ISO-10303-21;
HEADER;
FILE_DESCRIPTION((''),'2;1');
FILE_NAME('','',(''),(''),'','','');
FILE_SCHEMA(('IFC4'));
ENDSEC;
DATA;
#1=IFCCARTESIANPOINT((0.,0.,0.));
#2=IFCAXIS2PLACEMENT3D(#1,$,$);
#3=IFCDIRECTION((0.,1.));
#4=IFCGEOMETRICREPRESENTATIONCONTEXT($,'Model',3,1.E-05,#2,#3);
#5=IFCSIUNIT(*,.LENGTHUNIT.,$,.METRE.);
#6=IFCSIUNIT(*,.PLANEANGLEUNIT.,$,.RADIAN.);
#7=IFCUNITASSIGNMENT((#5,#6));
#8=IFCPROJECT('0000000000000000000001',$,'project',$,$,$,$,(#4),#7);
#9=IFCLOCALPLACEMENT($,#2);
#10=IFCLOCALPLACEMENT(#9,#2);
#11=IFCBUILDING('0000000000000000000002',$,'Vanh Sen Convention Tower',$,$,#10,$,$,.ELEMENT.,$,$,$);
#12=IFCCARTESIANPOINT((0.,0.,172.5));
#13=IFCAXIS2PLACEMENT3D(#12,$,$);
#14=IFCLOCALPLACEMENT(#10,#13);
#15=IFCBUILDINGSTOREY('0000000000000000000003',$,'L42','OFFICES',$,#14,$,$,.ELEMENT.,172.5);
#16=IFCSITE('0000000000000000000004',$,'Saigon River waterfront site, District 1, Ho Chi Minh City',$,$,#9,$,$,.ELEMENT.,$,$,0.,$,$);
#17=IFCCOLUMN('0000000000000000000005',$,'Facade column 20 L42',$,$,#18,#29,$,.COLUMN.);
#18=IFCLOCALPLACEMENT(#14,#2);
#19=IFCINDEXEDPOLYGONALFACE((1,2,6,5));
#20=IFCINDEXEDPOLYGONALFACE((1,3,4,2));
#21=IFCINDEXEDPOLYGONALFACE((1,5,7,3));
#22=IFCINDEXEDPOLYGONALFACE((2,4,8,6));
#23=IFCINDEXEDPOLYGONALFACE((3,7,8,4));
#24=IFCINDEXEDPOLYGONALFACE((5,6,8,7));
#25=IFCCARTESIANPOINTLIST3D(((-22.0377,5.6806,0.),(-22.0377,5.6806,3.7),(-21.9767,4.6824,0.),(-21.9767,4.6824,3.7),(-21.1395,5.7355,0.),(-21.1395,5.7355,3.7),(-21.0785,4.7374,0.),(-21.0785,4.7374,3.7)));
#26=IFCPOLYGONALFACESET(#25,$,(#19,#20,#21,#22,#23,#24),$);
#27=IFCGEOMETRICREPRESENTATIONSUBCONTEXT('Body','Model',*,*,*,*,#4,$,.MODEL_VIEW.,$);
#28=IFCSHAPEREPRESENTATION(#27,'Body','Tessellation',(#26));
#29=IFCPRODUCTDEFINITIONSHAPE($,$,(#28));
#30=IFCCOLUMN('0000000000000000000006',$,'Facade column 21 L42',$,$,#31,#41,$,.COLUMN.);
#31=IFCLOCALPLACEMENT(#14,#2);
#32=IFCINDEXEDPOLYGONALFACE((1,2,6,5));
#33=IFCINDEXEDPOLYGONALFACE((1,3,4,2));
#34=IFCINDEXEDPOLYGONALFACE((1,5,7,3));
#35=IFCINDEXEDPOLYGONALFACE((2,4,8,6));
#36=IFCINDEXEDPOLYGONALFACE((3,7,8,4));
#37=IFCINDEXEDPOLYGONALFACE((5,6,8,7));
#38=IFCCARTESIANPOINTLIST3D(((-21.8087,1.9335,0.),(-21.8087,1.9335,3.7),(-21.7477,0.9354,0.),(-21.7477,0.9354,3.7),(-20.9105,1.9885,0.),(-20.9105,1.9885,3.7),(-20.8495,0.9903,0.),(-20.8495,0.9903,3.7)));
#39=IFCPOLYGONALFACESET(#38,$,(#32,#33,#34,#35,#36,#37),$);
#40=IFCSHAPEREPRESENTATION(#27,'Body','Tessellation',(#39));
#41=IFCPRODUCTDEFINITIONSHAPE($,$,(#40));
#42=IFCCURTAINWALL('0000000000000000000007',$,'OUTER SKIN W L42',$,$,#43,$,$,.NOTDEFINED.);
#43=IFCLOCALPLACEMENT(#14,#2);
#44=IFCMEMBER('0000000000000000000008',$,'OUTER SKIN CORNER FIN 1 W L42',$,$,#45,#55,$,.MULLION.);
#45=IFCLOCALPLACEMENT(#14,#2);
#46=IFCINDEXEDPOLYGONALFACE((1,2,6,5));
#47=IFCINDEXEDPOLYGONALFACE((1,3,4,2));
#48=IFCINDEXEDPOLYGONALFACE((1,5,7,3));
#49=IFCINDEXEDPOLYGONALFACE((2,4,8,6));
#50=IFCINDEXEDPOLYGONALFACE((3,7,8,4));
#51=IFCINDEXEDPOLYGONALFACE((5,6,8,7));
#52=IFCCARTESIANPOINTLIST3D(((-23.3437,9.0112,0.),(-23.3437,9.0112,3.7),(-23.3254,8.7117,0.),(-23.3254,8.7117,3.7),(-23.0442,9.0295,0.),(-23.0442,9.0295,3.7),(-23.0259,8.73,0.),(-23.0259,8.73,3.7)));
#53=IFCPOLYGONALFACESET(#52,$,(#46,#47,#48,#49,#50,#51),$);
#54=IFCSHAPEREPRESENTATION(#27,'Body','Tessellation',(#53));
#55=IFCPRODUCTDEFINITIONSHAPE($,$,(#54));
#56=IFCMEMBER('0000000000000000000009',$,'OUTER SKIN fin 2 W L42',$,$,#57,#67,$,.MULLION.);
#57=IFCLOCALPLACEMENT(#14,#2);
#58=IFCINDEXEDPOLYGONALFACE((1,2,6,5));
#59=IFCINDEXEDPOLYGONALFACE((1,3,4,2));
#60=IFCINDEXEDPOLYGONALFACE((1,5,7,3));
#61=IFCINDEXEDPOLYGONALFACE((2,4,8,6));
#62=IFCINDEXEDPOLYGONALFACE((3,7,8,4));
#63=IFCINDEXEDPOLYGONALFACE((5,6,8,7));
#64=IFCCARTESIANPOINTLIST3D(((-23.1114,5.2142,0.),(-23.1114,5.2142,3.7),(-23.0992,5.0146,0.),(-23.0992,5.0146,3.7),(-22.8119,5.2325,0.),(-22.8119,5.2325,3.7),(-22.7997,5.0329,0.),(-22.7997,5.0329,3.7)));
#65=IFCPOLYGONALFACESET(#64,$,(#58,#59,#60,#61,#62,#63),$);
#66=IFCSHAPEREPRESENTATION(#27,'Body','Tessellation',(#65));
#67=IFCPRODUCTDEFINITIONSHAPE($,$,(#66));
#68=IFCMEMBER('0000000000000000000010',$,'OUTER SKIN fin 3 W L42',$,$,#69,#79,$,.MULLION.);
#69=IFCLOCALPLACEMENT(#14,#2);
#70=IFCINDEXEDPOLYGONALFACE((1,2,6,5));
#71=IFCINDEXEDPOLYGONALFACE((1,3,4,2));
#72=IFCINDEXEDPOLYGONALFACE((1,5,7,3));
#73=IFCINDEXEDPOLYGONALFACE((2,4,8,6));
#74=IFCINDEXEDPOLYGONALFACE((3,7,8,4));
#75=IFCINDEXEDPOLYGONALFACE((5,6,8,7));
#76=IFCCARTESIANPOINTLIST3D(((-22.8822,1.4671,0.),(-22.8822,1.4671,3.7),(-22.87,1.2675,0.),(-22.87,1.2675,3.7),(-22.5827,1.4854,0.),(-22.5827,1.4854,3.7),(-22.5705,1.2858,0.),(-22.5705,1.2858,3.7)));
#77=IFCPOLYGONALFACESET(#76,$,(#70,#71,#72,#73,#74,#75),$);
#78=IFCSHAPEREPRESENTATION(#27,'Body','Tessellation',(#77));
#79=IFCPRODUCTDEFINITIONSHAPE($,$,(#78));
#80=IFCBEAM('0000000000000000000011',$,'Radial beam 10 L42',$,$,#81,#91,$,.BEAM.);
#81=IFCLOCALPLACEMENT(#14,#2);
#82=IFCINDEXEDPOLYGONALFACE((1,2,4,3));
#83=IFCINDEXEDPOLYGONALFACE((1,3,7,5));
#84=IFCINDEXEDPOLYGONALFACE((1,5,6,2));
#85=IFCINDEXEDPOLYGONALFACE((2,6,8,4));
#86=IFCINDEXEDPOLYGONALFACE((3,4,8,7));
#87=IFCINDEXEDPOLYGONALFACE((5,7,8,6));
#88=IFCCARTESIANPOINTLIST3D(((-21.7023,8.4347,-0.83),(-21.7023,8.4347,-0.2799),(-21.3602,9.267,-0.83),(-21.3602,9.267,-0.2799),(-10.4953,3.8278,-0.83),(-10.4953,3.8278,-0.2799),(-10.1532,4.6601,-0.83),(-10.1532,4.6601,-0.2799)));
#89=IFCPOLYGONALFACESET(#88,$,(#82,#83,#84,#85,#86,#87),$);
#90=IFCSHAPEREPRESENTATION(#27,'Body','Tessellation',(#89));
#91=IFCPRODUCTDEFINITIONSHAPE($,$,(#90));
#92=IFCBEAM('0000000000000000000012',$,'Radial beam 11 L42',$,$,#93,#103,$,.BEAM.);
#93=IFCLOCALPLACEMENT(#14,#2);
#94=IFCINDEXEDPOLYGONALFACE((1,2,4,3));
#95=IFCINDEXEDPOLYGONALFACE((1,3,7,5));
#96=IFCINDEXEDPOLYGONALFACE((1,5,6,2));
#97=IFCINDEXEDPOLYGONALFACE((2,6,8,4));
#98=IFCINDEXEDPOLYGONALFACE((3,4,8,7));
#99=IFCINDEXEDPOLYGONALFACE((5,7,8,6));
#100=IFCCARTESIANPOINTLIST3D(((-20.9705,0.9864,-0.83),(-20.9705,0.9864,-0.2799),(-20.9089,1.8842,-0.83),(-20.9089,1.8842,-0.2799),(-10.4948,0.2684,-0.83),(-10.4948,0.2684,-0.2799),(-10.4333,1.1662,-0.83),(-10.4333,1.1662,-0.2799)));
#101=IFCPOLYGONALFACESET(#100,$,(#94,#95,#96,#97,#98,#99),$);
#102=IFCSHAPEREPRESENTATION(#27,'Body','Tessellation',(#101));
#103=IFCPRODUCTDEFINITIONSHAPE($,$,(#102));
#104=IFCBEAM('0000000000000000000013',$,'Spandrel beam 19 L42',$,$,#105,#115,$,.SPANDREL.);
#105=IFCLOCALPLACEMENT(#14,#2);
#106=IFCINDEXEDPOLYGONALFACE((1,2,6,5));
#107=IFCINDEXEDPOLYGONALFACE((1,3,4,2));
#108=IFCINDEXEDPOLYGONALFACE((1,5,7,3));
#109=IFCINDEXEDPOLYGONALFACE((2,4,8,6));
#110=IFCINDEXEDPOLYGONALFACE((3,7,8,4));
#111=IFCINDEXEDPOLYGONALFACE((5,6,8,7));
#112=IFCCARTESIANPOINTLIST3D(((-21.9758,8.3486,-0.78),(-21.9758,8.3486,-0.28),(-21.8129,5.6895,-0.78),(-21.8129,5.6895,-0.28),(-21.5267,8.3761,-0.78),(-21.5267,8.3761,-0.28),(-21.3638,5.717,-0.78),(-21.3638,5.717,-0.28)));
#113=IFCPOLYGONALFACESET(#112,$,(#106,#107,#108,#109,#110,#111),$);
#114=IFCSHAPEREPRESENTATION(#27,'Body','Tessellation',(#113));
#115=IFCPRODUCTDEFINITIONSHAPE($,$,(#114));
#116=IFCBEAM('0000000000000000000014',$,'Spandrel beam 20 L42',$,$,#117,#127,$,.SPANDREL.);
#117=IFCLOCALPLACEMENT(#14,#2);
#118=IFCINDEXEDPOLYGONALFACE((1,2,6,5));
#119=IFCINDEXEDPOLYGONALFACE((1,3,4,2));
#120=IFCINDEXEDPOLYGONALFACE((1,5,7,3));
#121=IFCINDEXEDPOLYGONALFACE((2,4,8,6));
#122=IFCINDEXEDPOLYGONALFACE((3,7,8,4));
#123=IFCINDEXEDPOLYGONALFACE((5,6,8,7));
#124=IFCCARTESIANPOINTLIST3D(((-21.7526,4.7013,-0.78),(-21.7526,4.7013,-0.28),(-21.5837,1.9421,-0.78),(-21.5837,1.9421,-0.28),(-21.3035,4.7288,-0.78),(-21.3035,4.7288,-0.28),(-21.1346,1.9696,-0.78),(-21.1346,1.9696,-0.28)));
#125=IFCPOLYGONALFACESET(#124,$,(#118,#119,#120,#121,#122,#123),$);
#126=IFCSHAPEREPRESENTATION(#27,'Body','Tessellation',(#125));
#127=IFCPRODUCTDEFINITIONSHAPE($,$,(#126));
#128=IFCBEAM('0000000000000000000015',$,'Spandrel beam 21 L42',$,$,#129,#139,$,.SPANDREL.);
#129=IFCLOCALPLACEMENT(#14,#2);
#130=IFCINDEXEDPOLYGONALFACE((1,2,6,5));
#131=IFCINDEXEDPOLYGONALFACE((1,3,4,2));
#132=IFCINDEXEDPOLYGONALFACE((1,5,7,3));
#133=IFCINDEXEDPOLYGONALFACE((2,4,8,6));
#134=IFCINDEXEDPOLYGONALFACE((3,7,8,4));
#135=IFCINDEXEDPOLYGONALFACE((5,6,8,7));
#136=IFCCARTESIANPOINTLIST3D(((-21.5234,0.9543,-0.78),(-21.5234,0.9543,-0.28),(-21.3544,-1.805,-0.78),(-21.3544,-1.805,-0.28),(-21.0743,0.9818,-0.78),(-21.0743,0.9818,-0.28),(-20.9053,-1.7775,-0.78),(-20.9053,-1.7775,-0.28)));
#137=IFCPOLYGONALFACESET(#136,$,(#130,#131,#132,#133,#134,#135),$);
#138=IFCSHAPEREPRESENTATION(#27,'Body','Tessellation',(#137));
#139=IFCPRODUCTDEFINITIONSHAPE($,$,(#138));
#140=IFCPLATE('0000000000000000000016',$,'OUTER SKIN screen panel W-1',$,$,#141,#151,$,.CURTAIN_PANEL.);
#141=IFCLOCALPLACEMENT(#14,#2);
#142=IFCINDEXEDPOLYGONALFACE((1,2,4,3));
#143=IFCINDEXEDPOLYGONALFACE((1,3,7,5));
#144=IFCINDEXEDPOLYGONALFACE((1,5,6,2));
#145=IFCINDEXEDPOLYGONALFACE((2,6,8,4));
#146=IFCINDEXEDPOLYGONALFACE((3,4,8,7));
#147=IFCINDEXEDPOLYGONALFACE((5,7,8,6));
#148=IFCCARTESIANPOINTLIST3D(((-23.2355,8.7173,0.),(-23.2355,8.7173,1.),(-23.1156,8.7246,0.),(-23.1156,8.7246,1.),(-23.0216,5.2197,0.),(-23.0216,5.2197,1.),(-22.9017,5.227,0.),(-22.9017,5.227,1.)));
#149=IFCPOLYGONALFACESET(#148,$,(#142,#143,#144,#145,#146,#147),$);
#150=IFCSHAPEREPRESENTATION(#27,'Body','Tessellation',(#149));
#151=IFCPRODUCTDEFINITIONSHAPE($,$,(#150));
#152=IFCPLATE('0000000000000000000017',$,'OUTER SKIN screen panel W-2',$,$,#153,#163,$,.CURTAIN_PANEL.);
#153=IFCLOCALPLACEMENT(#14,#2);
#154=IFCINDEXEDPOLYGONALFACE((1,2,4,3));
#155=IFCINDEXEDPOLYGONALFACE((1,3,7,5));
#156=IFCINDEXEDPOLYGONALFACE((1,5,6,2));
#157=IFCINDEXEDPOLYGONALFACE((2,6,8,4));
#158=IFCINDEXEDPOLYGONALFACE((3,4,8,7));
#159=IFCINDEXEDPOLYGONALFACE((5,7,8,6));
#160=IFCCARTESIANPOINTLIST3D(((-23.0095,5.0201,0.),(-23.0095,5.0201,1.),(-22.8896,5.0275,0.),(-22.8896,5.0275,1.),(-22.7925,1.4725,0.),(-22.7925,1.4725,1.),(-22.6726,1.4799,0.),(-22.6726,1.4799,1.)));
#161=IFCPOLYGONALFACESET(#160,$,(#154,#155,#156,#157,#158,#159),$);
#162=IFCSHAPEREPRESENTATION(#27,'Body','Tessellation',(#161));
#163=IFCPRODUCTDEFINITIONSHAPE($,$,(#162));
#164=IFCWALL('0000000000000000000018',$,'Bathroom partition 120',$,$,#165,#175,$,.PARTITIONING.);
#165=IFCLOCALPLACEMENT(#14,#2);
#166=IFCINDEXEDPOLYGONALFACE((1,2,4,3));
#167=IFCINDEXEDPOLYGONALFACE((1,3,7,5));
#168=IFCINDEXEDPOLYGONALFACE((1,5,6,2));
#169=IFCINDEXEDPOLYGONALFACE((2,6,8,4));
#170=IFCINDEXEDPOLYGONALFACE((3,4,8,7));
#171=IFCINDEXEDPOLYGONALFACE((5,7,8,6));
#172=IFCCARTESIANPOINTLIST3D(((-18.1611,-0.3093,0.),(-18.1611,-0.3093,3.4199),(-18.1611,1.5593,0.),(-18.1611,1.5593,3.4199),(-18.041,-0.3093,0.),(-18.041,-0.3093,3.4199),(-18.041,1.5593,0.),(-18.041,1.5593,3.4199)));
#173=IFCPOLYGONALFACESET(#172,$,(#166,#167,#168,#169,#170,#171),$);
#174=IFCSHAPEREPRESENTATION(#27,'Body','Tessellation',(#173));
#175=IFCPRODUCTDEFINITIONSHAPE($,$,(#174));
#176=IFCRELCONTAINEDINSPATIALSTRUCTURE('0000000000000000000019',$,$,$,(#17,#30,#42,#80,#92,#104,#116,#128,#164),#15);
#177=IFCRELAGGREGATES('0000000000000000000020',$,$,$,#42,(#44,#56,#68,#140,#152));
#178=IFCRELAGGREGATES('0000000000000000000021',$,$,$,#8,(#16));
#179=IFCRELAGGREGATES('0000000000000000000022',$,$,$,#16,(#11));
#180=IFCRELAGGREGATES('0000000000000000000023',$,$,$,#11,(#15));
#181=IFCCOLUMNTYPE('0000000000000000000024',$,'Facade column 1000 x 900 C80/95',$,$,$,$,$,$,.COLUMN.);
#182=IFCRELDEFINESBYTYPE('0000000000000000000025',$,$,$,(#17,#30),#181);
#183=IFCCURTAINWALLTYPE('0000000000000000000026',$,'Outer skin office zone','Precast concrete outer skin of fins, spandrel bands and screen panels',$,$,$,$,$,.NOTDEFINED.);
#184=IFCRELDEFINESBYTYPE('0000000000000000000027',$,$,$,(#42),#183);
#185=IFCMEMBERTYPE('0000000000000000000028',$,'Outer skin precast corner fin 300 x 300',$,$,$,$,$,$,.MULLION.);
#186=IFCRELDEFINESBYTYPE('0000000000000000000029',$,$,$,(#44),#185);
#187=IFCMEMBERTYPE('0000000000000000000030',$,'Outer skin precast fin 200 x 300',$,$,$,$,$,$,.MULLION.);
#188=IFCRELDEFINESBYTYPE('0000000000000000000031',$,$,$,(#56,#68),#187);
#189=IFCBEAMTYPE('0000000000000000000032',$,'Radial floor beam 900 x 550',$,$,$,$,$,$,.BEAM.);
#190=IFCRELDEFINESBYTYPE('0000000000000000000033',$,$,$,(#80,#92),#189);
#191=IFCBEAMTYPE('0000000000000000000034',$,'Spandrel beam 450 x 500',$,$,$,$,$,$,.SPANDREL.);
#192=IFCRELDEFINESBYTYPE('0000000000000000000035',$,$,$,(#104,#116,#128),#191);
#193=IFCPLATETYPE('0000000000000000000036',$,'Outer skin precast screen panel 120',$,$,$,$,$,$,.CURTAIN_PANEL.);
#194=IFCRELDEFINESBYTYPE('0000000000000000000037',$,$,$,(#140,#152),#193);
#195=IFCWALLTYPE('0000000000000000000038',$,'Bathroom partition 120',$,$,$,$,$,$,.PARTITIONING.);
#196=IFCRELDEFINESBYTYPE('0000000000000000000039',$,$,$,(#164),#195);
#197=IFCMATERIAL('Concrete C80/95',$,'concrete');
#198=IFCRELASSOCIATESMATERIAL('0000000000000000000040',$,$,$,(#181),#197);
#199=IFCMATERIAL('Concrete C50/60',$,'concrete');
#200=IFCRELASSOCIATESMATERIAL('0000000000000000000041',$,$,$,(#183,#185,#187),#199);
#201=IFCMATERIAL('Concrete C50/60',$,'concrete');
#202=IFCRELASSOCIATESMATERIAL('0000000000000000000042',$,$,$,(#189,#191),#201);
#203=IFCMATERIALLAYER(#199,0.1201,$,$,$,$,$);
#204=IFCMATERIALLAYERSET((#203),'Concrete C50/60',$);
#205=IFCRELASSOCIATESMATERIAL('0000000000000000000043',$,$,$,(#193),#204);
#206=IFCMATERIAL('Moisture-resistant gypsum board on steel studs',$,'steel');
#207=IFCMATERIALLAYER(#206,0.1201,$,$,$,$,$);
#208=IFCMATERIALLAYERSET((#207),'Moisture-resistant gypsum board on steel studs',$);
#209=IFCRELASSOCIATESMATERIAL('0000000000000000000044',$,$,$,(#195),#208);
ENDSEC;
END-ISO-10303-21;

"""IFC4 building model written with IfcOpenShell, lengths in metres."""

from ifc_helpers import new_model, si_unit, direction, frame, frame_2d, origin, origin_2d, place, context, subcontext, project, spatial, rectangle, extrude, material, layer, layer_set, material_profile, profile_set, type_object, element, aggregate, save


model = new_model("IFC4")

# Units and contexts
model_context = context("Model", 3, precision=1e-05, world=origin(), true_north=direction((0.0, 1.0)))
body_context = subcontext(model_context, "Body", "Model", "MODEL_VIEW")
ifc_project = project(units=[si_unit("LENGTHUNIT", "METRE"), si_unit("PLANEANGLEUNIT", "RADIAN")], contexts=[model_context])

# Site, building, storey
site_placement = place(None, origin())
site = spatial("IfcSite", under=ifc_project, at=site_placement, Name="Saigon River waterfront site, District 1, Ho Chi Minh City", CompositionType="ELEMENT", RefElevation=0.0)
building_placement = place(site_placement, origin())
building = spatial("IfcBuilding", under=site, at=building_placement, Name="Vanh Sen Convention Tower", CompositionType="ELEMENT")
storey_placement = place(building_placement, frame((0.0, 0.0, 172.5)))
storey = spatial("IfcBuildingStorey", under=building, at=storey_placement, Name="L42", Description="OFFICES", CompositionType="ELEMENT", Elevation=172.5)

# Columns
ifc_material_1 = material(Name="Concrete C80/95", Category="concrete")
ifc_material_profile_1 = material_profile(ifc_material_1, rectangle(XDim=1.0, YDim=0.8999, at=origin_2d()), Name="RC 1000X900")
ifc_profile_set_1 = profile_set([ifc_material_profile_1], Name="Concrete C80/95")
column_type = type_object("IfcColumnType", Name="Facade column 1000 x 900 C80/95", PredefinedType="COLUMN", material=ifc_profile_set_1)
for number, where, z_axis, x_axis, name in (
    (1, (-21.5581, 5.209, 0.0), (0.0, 0.0, 1.0), (0.061049, -0.998135, 0.0), "Facade column 20 L42"),
    (2, (-21.3291, 1.4619, 0.0), (0.0, 0.0, 1.0), (0.061049, -0.998135, 0.0), "Facade column 21 L42"),
):
    element("IfcColumn", number, at=place(storey_placement, frame(where, z_axis=z_axis, x_axis=x_axis)), inside=storey, type_object=column_type, Name=name, PredefinedType="COLUMN", context=body_context, shape_type="SweptSolid", body=[
        extrude(rectangle(XDim=1.0, YDim=0.8999, at=origin_2d()), origin(), (0.0, 0.0, 1.0), 3.7),
    ])

# Curtain wall, members
ifc_material_2 = material(Name="Concrete C50/60", Category="concrete")
curtain_wall_type = type_object("IfcCurtainWallType", Name="Outer skin office zone", Description="Precast concrete outer skin of fins, spandrel bands and screen panels", PredefinedType="NOTDEFINED", material=ifc_material_2)
curtain_wall_placement = place(storey_placement, origin())
curtain_wall = element("IfcCurtainWall", 3, at=curtain_wall_placement, inside=storey, type_object=curtain_wall_type, Name="OUTER SKIN W L42", PredefinedType="NOTDEFINED")
ifc_material_profile_2 = material_profile(ifc_material_2, rectangle(XDim=0.3, YDim=0.3, at=origin_2d()), Name="Outer skin precast corner fin 300 x 300")
ifc_profile_set_2 = profile_set([ifc_material_profile_2], Name="Concrete C50/60")
member_type_1 = type_object("IfcMemberType", Name="Outer skin precast corner fin 300 x 300", PredefinedType="MULLION", material=ifc_profile_set_2)
member_1_placement = place(storey_placement, frame((-23.1848, 8.8706, 0.0), z_axis=(0.0, 0.0, 1.0), x_axis=(0.061049, -0.998135, 0.0)))
member_1 = element("IfcMember", 4, at=member_1_placement, type_object=member_type_1, Name="OUTER SKIN CORNER FIN 1 W L42", PredefinedType="MULLION", context=body_context, shape_type="SweptSolid", body=[
    extrude(rectangle(XDim=0.3, YDim=0.3, at=origin_2d()), origin(), (0.0, 0.0, 1.0), 3.7),
])
ifc_material_profile_3 = material_profile(ifc_material_2, rectangle(XDim=0.2, YDim=0.3, at=origin_2d()), Name="Outer skin precast fin 200 x 300")
ifc_profile_set_3 = profile_set([ifc_material_profile_3], Name="Concrete C50/60")
member_type_2 = type_object("IfcMemberType", Name="Outer skin precast fin 200 x 300", PredefinedType="MULLION", material=ifc_profile_set_3)
member_2_placement = place(storey_placement, frame((-22.9556, 5.1235, 0.0), z_axis=(0.0, 0.0, 1.0), x_axis=(0.061049, -0.998135, 0.0)))
member_2 = element("IfcMember", 5, at=member_2_placement, type_object=member_type_2, Name="OUTER SKIN fin 2 W L42", PredefinedType="MULLION", context=body_context, shape_type="SweptSolid", body=[
    extrude(rectangle(XDim=0.2, YDim=0.3, at=origin_2d()), origin(), (0.0, 0.0, 1.0), 3.7),
])
member_3_placement = place(storey_placement, frame((-22.7263, 1.3765, 0.0), z_axis=(0.0, 0.0, 1.0), x_axis=(0.061049, -0.998135, 0.0)))
member_3 = element("IfcMember", 6, at=member_3_placement, type_object=member_type_2, Name="OUTER SKIN fin 3 W L42", PredefinedType="MULLION", context=body_context, shape_type="SweptSolid", body=[
    extrude(rectangle(XDim=0.2, YDim=0.3, at=origin_2d()), origin(), (0.0, 0.0, 1.0), 3.7),
])

# Beams
ifc_material_3 = material(Name="Concrete C50/60", Category="concrete")
ifc_material_profile_4 = material_profile(ifc_material_3, rectangle(XDim=0.8999, YDim=0.55, at=origin_2d()), Name="RC 900X550")
ifc_profile_set_4 = profile_set([ifc_material_profile_4], Name="Concrete C50/60")
beam_type_1 = type_object("IfcBeamType", Name="Radial floor beam 900 x 550", PredefinedType="BEAM", material=ifc_profile_set_4)
beam_1_placement = place(storey_placement, frame((-21.5312, 8.8508, -0.5549), z_axis=(0.924902, -0.380205, 0.0), x_axis=(0.380205, 0.924902, 0.0)))
element("IfcBeam", 7, at=beam_1_placement, inside=storey, type_object=beam_type_1, Name="Radial beam 10 L42", PredefinedType="BEAM", context=body_context, shape_type="SweptSolid", body=[
    extrude(rectangle(XDim=0.8999, YDim=0.55, at=origin_2d()), origin(), (0.0, 0.0, 1.0), 12.1169),
])
beam_2_placement = place(storey_placement, frame((-20.9397, 1.4353, -0.5549), z_axis=(0.997659, -0.068382, 0.0), x_axis=(0.068382, 0.997659, 0.0)))
element("IfcBeam", 8, at=beam_2_placement, inside=storey, type_object=beam_type_1, Name="Radial beam 11 L42", PredefinedType="BEAM", context=body_context, shape_type="SweptSolid", body=[
    extrude(rectangle(XDim=0.8999, YDim=0.55, at=origin_2d()), origin(), (0.0, 0.0, 1.0), 10.5002),
])
ifc_material_profile_5 = material_profile(ifc_material_3, rectangle(XDim=0.45, YDim=0.5, at=origin_2d()), Name="RC 450X500")
ifc_profile_set_5 = profile_set([ifc_material_profile_5], Name="Concrete C50/60")
beam_type_2 = type_object("IfcBeamType", Name="Spandrel beam 450 x 500", PredefinedType="SPANDREL", material=ifc_profile_set_5)
beam_3_placement = place(storey_placement, frame((-21.7512, 8.3623, -0.53), z_axis=(0.061123, -0.99813, 0.0), x_axis=(0.99813, 0.061123, 0.0)))
element("IfcBeam", 9, at=beam_3_placement, inside=storey, type_object=beam_type_2, Name="Spandrel beam 19 L42", PredefinedType="SPANDREL", context=body_context, shape_type="SweptSolid", body=[
    extrude(rectangle(XDim=0.45, YDim=0.5, at=origin_2d()), origin(), (0.0, 0.0, 1.0), 2.6641),
])
for number, where, z_axis, x_axis, name in (
    (10, (-21.5281, 4.7151, -0.53), (0.061114, -0.998131, 0.0), (0.998131, 0.061114, 0.0), "Spandrel beam 20 L42"),
    (11, (-21.2988, 0.968, -0.53), (0.061114, -0.998131, 0.0), (0.998131, 0.061114, 0.0), "Spandrel beam 21 L42"),
):
    element("IfcBeam", number, at=place(storey_placement, frame(where, z_axis=z_axis, x_axis=x_axis)), inside=storey, type_object=beam_type_2, Name=name, PredefinedType="SPANDREL", context=body_context, shape_type="SweptSolid", body=[
        extrude(rectangle(XDim=0.45, YDim=0.5, at=origin_2d()), origin(), (0.0, 0.0, 1.0), 2.7644),
    ])

# Plates
ifc_layer_1 = layer(ifc_material_2, 0.1201)
ifc_layer_set_1 = layer_set([ifc_layer_1], Name="Concrete C50/60")
plate_type = type_object("IfcPlateType", Name="Outer skin precast screen panel 120", PredefinedType="CURTAIN_PANEL", material=ifc_layer_set_1)
plate_1_placement = place(storey_placement, frame((-23.0686, 6.9722, 0.0), z_axis=(0.0, 0.0, 1.0), x_axis=(0.061054, -0.998134, 0.0)))
plate_1 = element("IfcPlate", 12, at=plate_1_placement, type_object=plate_type, Name="OUTER SKIN screen panel W-1", PredefinedType="CURTAIN_PANEL", context=body_context, shape_type="SweptSolid", body=[
    extrude(rectangle(XDim=3.5042, YDim=0.1201, at=origin_2d()), origin(), (0.0, 0.0, 1.0), 1.0),
])
plate_2_placement = place(storey_placement, frame((-22.8411, 3.25, 0.0), z_axis=(0.0, 0.0, 1.0), x_axis=(0.061052, -0.998135, 0.0)))
plate_2 = element("IfcPlate", 13, at=plate_2_placement, type_object=plate_type, Name="OUTER SKIN screen panel W-2", PredefinedType="CURTAIN_PANEL", context=body_context, shape_type="SweptSolid", body=[
    extrude(rectangle(XDim=3.5542, YDim=0.1201, at=origin_2d()), origin(), (0.0, 0.0, 1.0), 1.0),
])
aggregate(curtain_wall, [member_1, member_2, member_3, plate_1, plate_2])

# Wall
ifc_material_4 = material(Name="Moisture-resistant gypsum board on steel studs", Category="steel")
ifc_layer_2 = layer(ifc_material_4, 0.1201)
ifc_layer_set_2 = layer_set([ifc_layer_2], Name="Moisture-resistant gypsum board on steel studs")
wall_type_1 = type_object("IfcWallType", Name="Bathroom partition 120", PredefinedType="PARTITIONING", material=ifc_layer_set_2)
wall_1_placement = place(storey_placement, frame((-18.1011, 1.5593, 0.0), z_axis=(0.0, 0.0, 1.0), x_axis=(0.0, -1.0, 0.0)))
element("IfcWall", 14, at=wall_1_placement, inside=storey, type_object=wall_type_1, Name="Bathroom partition 120", PredefinedType="PARTITIONING", context=body_context, shape_type="SweptSolid", body=[
    extrude(rectangle(XDim=1.8687, YDim=0.1201, at=frame_2d((0.9343, 0.0))), origin(), (0.0, 0.0, 1.0), 3.4199),
])

save(model, "model.ifc")
